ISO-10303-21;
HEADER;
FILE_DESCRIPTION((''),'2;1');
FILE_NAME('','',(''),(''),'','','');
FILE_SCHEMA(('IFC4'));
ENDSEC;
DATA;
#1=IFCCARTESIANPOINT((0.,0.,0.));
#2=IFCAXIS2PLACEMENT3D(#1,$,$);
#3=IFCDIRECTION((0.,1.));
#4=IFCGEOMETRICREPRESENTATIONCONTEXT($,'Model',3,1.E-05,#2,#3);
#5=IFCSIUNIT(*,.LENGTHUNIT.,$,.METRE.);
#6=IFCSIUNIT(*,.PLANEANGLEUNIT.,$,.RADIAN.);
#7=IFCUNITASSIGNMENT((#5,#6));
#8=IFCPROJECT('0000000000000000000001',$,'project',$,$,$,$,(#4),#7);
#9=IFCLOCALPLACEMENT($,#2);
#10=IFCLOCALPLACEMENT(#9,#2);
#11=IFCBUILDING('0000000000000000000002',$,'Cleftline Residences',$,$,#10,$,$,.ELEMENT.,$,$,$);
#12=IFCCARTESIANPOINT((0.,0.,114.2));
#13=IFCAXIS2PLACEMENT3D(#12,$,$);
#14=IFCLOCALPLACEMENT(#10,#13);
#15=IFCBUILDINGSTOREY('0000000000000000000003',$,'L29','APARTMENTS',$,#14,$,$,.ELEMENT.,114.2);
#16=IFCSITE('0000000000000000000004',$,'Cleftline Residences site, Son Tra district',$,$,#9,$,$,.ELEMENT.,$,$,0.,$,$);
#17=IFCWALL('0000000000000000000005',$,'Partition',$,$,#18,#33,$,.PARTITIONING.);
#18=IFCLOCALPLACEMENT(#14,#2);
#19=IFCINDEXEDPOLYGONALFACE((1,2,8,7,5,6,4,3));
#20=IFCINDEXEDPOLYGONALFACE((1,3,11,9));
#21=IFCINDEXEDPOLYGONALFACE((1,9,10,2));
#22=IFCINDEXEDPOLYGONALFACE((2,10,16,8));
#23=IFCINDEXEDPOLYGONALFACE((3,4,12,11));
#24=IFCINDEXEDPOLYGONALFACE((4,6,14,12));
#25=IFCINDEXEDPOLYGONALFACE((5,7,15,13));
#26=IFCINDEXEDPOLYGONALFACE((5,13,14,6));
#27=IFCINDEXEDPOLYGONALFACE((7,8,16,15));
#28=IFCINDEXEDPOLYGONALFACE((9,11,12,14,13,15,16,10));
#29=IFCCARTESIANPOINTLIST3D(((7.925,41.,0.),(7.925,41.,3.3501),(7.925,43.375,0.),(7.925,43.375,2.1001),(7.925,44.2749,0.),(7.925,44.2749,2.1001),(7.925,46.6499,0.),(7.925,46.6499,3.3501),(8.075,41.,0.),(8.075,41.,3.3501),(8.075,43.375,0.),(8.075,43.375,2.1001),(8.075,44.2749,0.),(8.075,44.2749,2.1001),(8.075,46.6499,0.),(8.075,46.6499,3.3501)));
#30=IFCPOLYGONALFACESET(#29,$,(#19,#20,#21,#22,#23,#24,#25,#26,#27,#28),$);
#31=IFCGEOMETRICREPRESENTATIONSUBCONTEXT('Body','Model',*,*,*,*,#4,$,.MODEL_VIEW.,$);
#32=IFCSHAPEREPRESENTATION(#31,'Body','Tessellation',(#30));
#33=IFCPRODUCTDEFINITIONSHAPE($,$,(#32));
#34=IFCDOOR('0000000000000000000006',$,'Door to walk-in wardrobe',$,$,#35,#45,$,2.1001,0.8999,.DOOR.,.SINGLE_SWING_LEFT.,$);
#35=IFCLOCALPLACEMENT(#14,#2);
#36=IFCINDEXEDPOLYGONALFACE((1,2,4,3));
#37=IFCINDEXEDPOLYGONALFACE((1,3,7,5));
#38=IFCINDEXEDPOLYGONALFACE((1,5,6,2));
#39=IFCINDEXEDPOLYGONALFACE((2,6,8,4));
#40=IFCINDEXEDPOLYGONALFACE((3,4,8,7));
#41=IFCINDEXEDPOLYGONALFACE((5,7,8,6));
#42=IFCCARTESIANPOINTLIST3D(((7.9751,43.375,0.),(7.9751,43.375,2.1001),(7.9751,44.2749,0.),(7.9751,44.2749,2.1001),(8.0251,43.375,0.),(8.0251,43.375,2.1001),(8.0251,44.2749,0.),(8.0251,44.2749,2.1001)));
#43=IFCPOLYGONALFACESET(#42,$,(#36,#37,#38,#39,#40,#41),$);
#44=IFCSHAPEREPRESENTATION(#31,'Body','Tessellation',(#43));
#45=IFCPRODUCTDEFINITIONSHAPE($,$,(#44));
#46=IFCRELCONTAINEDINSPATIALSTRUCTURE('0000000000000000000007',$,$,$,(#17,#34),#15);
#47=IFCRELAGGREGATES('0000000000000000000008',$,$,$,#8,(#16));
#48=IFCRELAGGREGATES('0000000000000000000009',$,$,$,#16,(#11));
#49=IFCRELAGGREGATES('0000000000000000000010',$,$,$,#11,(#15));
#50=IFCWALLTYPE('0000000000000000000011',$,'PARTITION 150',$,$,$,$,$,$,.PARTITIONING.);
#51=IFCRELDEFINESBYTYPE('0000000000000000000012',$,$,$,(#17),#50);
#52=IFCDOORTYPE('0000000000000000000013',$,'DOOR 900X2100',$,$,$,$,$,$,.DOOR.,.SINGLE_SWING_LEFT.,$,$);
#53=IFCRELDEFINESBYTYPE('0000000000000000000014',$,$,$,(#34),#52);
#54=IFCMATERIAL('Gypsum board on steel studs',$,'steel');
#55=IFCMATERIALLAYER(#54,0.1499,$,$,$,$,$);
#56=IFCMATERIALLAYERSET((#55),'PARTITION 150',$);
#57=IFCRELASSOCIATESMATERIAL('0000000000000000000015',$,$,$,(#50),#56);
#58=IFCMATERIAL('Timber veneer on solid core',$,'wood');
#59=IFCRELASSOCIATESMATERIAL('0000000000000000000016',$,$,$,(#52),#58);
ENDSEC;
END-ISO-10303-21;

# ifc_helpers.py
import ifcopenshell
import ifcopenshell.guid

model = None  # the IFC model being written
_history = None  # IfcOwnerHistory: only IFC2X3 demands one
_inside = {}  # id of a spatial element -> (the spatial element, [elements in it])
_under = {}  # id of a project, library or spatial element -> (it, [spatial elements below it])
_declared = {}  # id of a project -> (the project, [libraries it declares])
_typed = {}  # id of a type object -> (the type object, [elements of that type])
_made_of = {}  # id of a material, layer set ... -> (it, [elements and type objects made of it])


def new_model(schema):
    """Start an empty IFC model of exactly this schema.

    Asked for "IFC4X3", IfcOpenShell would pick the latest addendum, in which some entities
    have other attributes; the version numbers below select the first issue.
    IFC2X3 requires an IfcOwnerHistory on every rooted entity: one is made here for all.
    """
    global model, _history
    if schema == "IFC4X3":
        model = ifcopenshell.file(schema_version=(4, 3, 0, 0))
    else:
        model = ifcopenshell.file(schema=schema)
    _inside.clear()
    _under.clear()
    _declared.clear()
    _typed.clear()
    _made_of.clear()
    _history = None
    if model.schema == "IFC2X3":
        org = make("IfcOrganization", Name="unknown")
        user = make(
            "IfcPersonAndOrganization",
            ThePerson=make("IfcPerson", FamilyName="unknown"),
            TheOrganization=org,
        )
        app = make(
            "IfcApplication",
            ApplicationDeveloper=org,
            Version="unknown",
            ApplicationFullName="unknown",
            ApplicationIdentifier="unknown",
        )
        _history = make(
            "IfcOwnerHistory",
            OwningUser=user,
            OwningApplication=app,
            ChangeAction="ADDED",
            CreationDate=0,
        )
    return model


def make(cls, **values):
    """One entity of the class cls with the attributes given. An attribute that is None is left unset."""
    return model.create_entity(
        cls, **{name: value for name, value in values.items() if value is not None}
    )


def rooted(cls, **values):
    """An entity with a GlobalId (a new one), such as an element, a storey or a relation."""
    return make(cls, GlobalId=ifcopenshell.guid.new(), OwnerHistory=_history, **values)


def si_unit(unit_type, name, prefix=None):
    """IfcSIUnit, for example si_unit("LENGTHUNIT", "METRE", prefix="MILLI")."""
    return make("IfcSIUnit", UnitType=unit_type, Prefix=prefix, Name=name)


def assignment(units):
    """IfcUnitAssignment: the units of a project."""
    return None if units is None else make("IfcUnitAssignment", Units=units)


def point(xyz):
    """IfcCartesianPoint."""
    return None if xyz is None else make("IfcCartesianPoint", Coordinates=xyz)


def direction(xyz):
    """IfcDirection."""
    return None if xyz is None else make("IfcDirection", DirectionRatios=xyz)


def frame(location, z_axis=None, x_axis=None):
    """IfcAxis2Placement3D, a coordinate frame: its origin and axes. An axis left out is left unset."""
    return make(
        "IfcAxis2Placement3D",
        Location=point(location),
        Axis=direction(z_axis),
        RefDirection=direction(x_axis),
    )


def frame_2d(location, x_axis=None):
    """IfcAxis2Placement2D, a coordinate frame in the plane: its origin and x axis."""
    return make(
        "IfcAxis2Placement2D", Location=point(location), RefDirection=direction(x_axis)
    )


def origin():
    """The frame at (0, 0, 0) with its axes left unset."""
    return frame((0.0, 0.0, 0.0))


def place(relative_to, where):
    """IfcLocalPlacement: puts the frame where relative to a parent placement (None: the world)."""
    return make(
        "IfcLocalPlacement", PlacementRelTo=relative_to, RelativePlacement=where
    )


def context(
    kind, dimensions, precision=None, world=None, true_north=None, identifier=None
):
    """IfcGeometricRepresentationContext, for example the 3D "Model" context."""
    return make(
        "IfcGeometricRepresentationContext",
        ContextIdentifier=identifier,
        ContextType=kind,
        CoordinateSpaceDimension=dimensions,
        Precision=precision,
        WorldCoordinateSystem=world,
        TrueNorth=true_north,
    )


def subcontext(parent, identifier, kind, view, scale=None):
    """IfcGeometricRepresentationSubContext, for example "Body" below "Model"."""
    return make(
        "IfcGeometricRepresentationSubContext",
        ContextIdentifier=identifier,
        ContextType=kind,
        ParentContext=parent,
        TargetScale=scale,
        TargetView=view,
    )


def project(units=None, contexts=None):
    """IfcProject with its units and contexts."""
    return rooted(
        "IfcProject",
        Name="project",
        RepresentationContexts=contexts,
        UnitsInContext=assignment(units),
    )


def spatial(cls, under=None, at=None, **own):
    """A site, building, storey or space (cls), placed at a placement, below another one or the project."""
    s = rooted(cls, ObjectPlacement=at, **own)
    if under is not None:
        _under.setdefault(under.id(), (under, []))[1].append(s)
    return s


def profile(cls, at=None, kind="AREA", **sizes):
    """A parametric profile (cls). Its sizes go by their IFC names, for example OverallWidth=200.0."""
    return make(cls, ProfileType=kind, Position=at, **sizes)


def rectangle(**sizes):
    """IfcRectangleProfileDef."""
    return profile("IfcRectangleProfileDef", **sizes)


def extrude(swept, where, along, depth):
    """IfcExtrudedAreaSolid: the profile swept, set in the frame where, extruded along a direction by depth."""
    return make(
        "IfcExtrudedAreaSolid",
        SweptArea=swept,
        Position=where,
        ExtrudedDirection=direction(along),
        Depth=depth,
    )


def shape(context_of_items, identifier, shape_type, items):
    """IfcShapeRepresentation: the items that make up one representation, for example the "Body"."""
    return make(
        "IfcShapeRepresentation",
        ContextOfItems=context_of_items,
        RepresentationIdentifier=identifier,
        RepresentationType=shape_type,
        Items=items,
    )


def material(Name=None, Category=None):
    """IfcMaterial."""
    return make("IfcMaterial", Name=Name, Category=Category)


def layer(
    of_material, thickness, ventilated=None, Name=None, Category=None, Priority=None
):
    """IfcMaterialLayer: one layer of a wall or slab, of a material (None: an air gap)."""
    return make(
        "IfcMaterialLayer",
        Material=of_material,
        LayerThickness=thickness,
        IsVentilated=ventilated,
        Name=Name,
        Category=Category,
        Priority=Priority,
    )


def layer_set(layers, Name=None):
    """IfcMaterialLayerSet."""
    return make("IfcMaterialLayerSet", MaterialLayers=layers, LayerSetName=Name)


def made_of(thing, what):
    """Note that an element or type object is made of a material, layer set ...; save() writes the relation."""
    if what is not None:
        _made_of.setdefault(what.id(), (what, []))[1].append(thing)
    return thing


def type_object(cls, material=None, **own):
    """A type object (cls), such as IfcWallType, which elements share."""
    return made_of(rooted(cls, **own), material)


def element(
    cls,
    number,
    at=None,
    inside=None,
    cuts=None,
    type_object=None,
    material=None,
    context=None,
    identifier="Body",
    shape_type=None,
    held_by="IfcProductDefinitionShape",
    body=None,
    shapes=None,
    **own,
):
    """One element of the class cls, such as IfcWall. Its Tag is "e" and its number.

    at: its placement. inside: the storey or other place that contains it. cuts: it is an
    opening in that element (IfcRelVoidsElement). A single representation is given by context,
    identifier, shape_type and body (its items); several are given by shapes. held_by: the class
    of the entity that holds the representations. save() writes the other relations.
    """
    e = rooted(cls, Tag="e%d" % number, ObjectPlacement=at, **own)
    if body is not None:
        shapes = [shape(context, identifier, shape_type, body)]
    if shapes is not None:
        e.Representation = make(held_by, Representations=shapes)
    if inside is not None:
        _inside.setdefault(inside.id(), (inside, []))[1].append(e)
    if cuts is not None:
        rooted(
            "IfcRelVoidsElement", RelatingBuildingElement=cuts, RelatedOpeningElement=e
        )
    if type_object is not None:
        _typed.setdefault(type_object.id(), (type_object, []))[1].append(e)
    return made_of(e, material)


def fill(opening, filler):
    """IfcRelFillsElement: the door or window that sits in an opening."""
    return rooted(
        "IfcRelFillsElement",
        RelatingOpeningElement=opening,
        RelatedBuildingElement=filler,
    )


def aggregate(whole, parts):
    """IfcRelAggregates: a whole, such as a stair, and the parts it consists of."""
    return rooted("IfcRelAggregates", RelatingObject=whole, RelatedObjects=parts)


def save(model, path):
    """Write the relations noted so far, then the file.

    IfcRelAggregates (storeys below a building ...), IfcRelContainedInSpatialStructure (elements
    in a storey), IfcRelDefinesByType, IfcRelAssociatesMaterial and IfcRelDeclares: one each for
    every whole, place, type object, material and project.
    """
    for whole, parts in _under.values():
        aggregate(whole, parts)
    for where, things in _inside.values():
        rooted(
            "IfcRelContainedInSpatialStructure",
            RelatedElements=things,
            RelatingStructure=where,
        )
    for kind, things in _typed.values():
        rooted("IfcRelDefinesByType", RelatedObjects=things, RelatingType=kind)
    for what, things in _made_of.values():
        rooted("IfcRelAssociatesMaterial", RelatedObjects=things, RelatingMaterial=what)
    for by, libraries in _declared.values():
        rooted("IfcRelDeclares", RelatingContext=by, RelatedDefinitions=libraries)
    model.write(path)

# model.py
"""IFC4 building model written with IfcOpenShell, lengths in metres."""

from ifc_helpers import new_model, si_unit, direction, frame, frame_2d, origin, place, context, subcontext, project, spatial, rectangle, extrude, material, layer, layer_set, type_object, element, fill, save


model = new_model("IFC4")

# Units and contexts
model_context = context("Model", 3, precision=1e-05, world=origin(), true_north=direction((0.0, 1.0)))
body_context = subcontext(model_context, "Body", "Model", "MODEL_VIEW")
ifc_project = project(units=[si_unit("LENGTHUNIT", "METRE"), si_unit("PLANEANGLEUNIT", "RADIAN")], contexts=[model_context])

# Site, building, storey
site_placement = place(None, origin())
site = spatial("IfcSite", under=ifc_project, at=site_placement, Name="Cleftline Residences site, Son Tra district", CompositionType="ELEMENT", RefElevation=0.0)
building_placement = place(site_placement, origin())
building = spatial("IfcBuilding", under=site, at=building_placement, Name="Cleftline Residences", CompositionType="ELEMENT")
storey_placement = place(building_placement, frame((0.0, 0.0, 114.2)))
storey = spatial("IfcBuildingStorey", under=building, at=storey_placement, Name="L29", Description="APARTMENTS", CompositionType="ELEMENT", Elevation=114.2)

# Wall, opening, door
ifc_material_1 = material(Name="Gypsum board on steel studs", Category="steel")
ifc_layer_1 = layer(ifc_material_1, 0.1499)
ifc_layer_set_1 = layer_set([ifc_layer_1], Name="PARTITION 150")
wall_type_1 = type_object("IfcWallType", Name="PARTITION 150", PredefinedType="PARTITIONING", material=ifc_layer_set_1)
wall_1_placement = place(storey_placement, frame((8.0, 41.0, 0.0), z_axis=(0.0, 0.0, 1.0), x_axis=(0.0, 1.0, 0.0)))
wall_1 = element("IfcWall", 1, at=wall_1_placement, inside=storey, type_object=wall_type_1, Name="Partition", PredefinedType="PARTITIONING", context=body_context, shape_type="SweptSolid", body=[
    extrude(rectangle(XDim=5.6499, YDim=0.1499, at=frame_2d((2.825, 0.0))), origin(), (0.0, 0.0, 1.0), 3.3501),
])
opening_1_placement = place(wall_1_placement, frame((2.375, 0.0, 0.0)))
opening_1 = element("IfcOpeningElement", 2, at=opening_1_placement, cuts=wall_1, PredefinedType="OPENING", context=body_context, shape_type="SweptSolid", body=[
    extrude(rectangle(XDim=0.8999, YDim=2.1001, at=frame_2d((0.45, 1.05))), frame((0.0, 0.085, 0.0), z_axis=(0.0, -1.0, 0.0), x_axis=(1.0, 0.0, 0.0)), (0.0, 0.0, 1.0), 0.1699),
])
ifc_material_2 = material(Name="Timber veneer on solid core", Category="wood")
door_type = type_object("IfcDoorType", Name="DOOR 900X2100", OperationType="SINGLE_SWING_LEFT", PredefinedType="DOOR", material=ifc_material_2)
door_placement = place(opening_1_placement, origin())
door = element("IfcDoor", 3, at=door_placement, inside=storey, type_object=door_type, Name="Door to walk-in wardrobe", OperationType="SINGLE_SWING_LEFT", OverallHeight=2.1001, OverallWidth=0.8999, PredefinedType="DOOR", context=body_context, shape_type="SweptSolid", body=[
    extrude(rectangle(XDim=0.8999, YDim=2.1001, at=frame_2d((0.45, 1.05))), frame((0.0, 0.0249, 0.0), z_axis=(0.0, -1.0, 0.0), x_axis=(1.0, 0.0, 0.0)), (0.0, 0.0, 1.0), 0.05),
])
fill(opening_1, door)

save(model, "model.ifc")
